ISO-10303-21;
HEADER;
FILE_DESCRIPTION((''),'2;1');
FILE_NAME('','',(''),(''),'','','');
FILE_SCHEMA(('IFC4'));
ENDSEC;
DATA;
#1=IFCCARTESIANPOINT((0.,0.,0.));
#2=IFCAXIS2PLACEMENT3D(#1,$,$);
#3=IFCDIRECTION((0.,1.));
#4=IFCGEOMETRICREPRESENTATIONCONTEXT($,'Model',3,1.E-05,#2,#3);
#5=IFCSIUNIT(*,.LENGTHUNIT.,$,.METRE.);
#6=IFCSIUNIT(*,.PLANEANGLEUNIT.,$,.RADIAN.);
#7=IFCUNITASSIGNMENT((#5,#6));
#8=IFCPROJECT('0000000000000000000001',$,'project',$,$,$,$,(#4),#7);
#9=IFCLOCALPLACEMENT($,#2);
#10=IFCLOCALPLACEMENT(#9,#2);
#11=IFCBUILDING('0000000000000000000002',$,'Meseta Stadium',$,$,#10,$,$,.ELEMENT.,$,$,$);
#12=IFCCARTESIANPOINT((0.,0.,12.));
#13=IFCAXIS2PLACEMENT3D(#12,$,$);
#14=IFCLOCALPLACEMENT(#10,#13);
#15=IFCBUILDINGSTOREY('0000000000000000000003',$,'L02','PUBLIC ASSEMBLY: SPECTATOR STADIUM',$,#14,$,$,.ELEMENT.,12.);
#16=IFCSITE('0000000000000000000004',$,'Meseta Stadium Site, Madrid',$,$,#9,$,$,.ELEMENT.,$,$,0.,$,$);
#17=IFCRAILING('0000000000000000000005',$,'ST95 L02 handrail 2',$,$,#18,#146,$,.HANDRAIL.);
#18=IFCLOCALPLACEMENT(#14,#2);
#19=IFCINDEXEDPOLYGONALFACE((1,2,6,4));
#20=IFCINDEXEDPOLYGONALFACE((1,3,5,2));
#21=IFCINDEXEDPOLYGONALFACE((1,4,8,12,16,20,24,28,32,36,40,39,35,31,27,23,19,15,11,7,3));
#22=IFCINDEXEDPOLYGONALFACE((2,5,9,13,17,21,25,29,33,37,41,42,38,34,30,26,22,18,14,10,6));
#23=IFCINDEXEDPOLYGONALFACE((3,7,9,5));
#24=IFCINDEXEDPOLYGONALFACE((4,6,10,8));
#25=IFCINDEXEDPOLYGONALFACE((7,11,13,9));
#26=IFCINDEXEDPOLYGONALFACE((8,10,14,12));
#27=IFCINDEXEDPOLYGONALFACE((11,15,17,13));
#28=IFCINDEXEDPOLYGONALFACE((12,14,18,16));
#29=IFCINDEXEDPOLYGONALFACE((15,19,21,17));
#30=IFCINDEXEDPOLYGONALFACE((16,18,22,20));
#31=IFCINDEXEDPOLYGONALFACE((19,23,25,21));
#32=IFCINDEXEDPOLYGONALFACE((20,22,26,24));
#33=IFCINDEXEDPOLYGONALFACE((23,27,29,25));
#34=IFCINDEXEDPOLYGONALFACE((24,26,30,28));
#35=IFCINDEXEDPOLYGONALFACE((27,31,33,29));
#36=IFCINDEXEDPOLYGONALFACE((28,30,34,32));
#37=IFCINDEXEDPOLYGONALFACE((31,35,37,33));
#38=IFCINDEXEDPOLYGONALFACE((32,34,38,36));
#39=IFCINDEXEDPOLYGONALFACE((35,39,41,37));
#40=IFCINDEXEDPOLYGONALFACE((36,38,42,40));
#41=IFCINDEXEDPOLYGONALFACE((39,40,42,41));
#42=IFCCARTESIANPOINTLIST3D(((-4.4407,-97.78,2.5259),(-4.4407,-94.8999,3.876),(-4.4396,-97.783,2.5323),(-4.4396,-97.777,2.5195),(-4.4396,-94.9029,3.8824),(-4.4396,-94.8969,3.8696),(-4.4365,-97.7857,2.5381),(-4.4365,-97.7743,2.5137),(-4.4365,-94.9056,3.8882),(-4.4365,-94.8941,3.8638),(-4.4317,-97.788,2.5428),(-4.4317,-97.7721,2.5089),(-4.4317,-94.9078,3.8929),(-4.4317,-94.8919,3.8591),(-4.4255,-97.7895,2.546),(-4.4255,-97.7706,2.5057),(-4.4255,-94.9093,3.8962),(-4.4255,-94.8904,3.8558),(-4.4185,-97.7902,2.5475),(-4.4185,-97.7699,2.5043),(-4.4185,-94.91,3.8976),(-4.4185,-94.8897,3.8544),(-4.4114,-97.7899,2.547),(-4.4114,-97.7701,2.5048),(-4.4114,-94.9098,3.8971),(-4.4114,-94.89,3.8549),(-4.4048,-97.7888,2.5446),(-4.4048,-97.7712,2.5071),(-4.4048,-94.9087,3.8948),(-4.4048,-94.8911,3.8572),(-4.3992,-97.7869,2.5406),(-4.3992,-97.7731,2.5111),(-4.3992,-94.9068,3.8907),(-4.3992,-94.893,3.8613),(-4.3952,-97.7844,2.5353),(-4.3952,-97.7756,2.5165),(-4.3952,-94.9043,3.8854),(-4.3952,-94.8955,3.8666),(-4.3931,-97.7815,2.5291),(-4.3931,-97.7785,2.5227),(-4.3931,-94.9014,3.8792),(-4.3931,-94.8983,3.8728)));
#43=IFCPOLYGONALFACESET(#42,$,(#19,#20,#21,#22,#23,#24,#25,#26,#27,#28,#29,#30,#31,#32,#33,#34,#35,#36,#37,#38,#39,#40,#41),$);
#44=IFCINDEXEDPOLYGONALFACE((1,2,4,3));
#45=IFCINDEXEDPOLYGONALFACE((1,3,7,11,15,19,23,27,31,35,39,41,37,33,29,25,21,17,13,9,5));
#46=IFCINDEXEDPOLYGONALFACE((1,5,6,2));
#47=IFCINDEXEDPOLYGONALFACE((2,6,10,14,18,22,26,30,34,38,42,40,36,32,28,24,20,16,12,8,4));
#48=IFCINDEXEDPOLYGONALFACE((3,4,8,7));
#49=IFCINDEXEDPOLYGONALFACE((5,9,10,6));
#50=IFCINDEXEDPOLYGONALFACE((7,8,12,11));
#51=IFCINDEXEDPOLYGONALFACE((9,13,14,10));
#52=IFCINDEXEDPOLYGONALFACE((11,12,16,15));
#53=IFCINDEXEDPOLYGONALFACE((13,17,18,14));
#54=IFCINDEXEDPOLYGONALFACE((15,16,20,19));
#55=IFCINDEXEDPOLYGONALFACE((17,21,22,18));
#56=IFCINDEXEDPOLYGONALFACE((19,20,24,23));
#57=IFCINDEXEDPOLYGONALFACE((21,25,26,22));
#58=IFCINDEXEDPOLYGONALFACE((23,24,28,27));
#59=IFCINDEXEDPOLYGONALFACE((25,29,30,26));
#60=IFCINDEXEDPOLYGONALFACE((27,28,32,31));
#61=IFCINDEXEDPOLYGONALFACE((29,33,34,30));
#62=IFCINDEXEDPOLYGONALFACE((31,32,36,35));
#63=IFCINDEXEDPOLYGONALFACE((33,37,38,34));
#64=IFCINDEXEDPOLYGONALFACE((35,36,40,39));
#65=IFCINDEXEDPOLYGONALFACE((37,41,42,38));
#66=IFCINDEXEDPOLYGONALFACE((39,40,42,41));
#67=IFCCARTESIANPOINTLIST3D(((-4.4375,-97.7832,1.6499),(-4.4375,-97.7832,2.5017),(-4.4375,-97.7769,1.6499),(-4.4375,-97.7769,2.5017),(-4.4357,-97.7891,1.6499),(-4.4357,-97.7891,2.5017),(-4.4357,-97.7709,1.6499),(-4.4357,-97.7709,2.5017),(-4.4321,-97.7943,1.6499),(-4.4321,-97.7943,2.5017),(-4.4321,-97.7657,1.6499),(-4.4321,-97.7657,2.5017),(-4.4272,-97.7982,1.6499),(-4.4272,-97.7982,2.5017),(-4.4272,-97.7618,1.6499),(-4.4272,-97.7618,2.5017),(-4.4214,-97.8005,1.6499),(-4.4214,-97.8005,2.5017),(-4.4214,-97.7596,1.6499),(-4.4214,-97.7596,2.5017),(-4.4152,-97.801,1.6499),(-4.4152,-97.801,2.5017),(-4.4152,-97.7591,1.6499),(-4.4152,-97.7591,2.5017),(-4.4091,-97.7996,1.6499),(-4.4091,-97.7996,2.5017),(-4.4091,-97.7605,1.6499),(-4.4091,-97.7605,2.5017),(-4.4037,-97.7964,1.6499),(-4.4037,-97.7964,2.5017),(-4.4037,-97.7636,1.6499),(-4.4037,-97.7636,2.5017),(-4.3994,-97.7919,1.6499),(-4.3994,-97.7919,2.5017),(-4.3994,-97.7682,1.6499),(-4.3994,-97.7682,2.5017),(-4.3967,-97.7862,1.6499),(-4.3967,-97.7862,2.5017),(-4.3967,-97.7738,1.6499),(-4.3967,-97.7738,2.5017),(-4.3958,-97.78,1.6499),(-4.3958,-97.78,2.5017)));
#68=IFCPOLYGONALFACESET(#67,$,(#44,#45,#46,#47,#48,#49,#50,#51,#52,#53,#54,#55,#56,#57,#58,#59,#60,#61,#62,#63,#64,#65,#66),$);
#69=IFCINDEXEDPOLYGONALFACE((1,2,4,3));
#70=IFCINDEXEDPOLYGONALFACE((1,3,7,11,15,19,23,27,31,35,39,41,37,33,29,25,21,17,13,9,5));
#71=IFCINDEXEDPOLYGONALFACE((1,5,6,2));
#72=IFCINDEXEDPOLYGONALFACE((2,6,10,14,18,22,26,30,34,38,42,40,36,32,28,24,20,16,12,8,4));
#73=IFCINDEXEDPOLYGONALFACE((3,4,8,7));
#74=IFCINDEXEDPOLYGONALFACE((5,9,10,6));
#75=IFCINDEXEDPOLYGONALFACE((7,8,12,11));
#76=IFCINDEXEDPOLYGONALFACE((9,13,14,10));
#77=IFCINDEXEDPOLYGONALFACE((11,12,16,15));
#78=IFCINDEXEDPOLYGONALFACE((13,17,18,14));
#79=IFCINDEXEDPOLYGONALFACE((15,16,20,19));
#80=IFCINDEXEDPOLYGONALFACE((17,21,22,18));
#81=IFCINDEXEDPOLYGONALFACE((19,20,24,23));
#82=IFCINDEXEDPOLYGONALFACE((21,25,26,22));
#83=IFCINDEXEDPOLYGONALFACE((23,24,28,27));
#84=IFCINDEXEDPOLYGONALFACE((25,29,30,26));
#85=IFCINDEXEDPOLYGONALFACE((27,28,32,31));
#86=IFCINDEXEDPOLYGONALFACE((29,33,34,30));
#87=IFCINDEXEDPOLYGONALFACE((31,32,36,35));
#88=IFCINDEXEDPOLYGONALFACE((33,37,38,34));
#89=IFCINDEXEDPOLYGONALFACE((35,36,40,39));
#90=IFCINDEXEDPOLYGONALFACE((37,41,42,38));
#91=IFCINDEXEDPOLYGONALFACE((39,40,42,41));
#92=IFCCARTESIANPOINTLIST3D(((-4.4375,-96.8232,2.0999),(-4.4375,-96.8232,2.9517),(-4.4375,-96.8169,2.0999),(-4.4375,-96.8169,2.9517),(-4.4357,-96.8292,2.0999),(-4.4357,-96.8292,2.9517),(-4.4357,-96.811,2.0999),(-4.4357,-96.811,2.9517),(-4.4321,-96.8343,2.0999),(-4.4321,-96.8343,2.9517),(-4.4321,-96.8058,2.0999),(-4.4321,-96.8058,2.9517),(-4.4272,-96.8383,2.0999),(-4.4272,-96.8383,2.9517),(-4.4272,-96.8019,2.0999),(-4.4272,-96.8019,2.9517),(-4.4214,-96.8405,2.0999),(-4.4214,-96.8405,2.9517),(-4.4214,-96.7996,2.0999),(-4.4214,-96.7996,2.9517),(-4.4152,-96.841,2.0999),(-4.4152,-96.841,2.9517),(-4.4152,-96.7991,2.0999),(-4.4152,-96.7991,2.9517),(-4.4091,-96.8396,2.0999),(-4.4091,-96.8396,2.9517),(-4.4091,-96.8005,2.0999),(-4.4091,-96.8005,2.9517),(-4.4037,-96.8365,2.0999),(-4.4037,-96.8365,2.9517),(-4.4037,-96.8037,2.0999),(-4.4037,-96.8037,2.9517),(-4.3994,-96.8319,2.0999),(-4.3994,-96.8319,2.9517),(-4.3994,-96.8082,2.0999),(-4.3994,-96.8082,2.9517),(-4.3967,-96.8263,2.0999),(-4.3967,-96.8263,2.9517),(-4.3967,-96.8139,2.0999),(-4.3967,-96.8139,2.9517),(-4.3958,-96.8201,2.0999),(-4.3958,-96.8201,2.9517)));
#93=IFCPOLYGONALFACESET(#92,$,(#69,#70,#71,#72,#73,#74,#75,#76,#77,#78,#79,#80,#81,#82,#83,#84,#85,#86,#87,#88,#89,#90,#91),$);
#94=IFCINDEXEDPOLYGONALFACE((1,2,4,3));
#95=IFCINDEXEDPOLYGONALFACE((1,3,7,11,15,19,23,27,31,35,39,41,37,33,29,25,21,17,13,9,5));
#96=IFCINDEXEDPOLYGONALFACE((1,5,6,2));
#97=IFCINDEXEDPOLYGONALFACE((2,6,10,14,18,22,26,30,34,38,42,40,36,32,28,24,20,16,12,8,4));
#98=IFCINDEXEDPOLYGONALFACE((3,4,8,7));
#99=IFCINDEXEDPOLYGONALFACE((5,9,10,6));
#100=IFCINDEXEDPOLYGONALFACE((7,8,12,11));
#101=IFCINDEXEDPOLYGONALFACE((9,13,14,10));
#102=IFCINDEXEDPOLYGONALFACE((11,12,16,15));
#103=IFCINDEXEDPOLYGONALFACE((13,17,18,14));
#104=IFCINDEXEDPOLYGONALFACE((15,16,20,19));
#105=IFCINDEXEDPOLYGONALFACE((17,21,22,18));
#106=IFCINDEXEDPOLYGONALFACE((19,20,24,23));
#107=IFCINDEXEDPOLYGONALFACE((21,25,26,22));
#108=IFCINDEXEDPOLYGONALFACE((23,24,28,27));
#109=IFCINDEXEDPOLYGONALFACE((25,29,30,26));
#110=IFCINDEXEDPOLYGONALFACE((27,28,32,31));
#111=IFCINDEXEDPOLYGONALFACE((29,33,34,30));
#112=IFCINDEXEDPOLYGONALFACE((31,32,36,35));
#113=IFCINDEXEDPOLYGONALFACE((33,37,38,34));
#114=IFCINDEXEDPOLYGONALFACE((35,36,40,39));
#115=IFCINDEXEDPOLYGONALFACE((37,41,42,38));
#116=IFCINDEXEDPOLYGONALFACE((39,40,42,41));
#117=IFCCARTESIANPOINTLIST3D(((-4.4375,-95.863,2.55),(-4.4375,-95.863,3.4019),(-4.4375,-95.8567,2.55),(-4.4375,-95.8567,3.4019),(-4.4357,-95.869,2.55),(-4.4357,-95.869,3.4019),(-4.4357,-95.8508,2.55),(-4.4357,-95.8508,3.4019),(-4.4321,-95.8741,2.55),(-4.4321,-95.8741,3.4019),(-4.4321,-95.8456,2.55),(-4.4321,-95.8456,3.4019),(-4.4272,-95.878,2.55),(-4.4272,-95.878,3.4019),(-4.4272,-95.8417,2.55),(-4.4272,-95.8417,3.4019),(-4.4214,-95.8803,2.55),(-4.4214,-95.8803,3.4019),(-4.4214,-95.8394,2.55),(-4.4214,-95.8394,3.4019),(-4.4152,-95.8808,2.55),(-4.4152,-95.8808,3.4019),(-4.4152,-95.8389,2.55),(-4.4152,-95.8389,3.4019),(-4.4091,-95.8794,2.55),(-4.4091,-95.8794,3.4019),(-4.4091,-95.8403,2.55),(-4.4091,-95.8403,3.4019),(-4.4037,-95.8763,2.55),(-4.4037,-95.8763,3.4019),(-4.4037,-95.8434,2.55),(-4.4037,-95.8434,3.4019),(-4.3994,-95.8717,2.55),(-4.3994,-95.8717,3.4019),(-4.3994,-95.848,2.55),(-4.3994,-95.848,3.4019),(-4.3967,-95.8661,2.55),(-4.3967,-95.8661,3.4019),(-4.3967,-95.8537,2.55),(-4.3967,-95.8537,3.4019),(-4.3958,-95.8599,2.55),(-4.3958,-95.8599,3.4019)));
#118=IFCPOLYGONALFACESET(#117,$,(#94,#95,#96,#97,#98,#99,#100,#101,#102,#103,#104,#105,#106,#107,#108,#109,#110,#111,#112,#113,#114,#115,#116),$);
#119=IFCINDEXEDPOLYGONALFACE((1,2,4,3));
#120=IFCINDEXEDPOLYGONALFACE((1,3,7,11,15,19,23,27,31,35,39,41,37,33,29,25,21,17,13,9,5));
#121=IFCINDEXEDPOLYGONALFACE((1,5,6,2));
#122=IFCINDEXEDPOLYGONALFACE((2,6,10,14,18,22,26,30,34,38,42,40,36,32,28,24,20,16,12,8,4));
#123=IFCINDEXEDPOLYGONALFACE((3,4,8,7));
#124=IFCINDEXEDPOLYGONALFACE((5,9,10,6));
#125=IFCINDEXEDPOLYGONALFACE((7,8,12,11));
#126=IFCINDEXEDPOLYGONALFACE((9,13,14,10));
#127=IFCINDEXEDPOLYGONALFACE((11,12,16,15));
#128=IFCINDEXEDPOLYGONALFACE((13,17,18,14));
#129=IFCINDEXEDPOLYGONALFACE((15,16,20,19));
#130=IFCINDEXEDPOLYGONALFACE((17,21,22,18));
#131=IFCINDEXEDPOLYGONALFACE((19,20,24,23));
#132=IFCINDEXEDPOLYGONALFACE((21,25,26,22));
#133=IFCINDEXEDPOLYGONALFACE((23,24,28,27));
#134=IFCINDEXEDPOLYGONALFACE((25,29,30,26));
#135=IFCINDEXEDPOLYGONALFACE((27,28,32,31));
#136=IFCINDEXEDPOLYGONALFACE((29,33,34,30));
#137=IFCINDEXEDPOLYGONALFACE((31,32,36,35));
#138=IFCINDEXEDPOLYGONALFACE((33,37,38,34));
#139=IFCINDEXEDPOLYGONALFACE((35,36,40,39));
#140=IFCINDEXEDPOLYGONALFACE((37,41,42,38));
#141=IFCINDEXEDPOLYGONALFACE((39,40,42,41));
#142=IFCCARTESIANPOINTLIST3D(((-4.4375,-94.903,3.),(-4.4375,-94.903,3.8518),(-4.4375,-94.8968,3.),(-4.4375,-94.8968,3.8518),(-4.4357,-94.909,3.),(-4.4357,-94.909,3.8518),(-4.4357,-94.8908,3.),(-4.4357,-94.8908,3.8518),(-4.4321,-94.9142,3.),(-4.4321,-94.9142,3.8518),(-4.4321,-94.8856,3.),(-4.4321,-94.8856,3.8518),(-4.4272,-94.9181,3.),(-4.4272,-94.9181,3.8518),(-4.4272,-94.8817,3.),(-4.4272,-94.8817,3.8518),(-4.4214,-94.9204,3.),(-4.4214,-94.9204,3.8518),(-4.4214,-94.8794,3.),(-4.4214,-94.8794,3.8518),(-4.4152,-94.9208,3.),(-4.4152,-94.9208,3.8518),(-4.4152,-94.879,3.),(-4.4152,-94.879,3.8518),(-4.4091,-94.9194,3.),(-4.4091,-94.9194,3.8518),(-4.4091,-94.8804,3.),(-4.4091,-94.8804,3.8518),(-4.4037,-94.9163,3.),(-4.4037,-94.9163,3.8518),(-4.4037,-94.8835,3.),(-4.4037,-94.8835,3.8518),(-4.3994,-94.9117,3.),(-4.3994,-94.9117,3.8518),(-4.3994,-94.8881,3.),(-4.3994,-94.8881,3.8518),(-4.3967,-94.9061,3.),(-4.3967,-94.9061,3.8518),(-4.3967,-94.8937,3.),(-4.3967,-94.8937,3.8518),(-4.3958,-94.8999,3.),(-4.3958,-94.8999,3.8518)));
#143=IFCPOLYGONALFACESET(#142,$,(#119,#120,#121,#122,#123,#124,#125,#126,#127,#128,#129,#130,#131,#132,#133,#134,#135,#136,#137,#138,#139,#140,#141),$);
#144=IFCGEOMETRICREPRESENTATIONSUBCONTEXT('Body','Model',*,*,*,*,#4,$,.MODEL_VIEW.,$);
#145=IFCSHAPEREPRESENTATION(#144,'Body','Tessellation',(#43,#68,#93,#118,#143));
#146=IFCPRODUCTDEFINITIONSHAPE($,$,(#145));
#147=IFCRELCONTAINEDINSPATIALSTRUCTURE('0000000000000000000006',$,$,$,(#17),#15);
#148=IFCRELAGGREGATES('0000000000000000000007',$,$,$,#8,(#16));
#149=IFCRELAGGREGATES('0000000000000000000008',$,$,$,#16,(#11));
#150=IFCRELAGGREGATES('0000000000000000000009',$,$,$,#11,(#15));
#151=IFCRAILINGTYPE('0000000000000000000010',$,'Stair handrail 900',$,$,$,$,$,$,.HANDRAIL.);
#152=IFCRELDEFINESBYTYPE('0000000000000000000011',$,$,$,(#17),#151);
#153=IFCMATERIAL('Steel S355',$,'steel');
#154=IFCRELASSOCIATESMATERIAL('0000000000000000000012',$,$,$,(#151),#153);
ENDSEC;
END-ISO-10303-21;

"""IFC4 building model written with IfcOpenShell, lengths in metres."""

from ifc_helpers import new_model, si_unit, direction, frame, origin, origin_2d, place, context, subcontext, project, spatial, circle, extrude, material, type_object, element, save


model = new_model("IFC4")

# Units and contexts
model_context = context("Model", 3, precision=1e-05, world=origin(), true_north=direction((0.0, 1.0)))
body_context = subcontext(model_context, "Body", "Model", "MODEL_VIEW")
ifc_project = project(units=[si_unit("LENGTHUNIT", "METRE"), si_unit("PLANEANGLEUNIT", "RADIAN")], contexts=[model_context])

# Site, building, storey
site_placement = place(None, origin())
site = spatial("IfcSite", under=ifc_project, at=site_placement, Name="Meseta Stadium Site, Madrid", CompositionType="ELEMENT", RefElevation=0.0)
building_placement = place(site_placement, origin())
building = spatial("IfcBuilding", under=site, at=building_placement, Name="Meseta Stadium", CompositionType="ELEMENT")
storey_placement = place(building_placement, frame((0.0, 0.0, 12.0)))
storey = spatial("IfcBuildingStorey", under=building, at=storey_placement, Name="L02", Description="PUBLIC ASSEMBLY: SPECTATOR STADIUM", CompositionType="ELEMENT", Elevation=12.0)

# Railing
ifc_material_1 = material(Name="Steel S355", Category="steel")
railing_type_1 = type_object("IfcRailingType", Name="Stair handrail 900", PredefinedType="HANDRAIL", material=ifc_material_1)
railing_1_placement = place(storey_placement, frame((-4.4167, -97.78, 1.6499)))
element("IfcRailing", 1, at=railing_1_placement, inside=storey, type_object=railing_type_1, Name="ST95 L02 handrail 2", PredefinedType="HANDRAIL", context=body_context, shape_type="SweptSolid", body=[
    extrude(circle(Radius=0.0239, at=origin_2d()), frame((0.0, 0.0, 0.876), z_axis=(0.0, 0.905454, 0.424444), x_axis=(-1.0, 0.0, 0.0)), (0.0, 0.0, 1.0), 3.1809),
    extrude(circle(Radius=0.021, at=origin_2d()), origin(), (0.0, 0.0, 1.0), 0.8518),
    extrude(circle(Radius=0.021, at=origin_2d()), frame((0.0, 0.96, 0.45)), (0.0, 0.0, 1.0), 0.8518),
    extrude(circle(Radius=0.021, at=origin_2d()), frame((0.0, 1.9202, 0.9001)), (0.0, 0.0, 1.0), 0.8518),
    extrude(circle(Radius=0.021, at=origin_2d()), frame((0.0, 2.8801, 1.3501)), (0.0, 0.0, 1.0), 0.8518),
])

save(model, "model.ifc")
